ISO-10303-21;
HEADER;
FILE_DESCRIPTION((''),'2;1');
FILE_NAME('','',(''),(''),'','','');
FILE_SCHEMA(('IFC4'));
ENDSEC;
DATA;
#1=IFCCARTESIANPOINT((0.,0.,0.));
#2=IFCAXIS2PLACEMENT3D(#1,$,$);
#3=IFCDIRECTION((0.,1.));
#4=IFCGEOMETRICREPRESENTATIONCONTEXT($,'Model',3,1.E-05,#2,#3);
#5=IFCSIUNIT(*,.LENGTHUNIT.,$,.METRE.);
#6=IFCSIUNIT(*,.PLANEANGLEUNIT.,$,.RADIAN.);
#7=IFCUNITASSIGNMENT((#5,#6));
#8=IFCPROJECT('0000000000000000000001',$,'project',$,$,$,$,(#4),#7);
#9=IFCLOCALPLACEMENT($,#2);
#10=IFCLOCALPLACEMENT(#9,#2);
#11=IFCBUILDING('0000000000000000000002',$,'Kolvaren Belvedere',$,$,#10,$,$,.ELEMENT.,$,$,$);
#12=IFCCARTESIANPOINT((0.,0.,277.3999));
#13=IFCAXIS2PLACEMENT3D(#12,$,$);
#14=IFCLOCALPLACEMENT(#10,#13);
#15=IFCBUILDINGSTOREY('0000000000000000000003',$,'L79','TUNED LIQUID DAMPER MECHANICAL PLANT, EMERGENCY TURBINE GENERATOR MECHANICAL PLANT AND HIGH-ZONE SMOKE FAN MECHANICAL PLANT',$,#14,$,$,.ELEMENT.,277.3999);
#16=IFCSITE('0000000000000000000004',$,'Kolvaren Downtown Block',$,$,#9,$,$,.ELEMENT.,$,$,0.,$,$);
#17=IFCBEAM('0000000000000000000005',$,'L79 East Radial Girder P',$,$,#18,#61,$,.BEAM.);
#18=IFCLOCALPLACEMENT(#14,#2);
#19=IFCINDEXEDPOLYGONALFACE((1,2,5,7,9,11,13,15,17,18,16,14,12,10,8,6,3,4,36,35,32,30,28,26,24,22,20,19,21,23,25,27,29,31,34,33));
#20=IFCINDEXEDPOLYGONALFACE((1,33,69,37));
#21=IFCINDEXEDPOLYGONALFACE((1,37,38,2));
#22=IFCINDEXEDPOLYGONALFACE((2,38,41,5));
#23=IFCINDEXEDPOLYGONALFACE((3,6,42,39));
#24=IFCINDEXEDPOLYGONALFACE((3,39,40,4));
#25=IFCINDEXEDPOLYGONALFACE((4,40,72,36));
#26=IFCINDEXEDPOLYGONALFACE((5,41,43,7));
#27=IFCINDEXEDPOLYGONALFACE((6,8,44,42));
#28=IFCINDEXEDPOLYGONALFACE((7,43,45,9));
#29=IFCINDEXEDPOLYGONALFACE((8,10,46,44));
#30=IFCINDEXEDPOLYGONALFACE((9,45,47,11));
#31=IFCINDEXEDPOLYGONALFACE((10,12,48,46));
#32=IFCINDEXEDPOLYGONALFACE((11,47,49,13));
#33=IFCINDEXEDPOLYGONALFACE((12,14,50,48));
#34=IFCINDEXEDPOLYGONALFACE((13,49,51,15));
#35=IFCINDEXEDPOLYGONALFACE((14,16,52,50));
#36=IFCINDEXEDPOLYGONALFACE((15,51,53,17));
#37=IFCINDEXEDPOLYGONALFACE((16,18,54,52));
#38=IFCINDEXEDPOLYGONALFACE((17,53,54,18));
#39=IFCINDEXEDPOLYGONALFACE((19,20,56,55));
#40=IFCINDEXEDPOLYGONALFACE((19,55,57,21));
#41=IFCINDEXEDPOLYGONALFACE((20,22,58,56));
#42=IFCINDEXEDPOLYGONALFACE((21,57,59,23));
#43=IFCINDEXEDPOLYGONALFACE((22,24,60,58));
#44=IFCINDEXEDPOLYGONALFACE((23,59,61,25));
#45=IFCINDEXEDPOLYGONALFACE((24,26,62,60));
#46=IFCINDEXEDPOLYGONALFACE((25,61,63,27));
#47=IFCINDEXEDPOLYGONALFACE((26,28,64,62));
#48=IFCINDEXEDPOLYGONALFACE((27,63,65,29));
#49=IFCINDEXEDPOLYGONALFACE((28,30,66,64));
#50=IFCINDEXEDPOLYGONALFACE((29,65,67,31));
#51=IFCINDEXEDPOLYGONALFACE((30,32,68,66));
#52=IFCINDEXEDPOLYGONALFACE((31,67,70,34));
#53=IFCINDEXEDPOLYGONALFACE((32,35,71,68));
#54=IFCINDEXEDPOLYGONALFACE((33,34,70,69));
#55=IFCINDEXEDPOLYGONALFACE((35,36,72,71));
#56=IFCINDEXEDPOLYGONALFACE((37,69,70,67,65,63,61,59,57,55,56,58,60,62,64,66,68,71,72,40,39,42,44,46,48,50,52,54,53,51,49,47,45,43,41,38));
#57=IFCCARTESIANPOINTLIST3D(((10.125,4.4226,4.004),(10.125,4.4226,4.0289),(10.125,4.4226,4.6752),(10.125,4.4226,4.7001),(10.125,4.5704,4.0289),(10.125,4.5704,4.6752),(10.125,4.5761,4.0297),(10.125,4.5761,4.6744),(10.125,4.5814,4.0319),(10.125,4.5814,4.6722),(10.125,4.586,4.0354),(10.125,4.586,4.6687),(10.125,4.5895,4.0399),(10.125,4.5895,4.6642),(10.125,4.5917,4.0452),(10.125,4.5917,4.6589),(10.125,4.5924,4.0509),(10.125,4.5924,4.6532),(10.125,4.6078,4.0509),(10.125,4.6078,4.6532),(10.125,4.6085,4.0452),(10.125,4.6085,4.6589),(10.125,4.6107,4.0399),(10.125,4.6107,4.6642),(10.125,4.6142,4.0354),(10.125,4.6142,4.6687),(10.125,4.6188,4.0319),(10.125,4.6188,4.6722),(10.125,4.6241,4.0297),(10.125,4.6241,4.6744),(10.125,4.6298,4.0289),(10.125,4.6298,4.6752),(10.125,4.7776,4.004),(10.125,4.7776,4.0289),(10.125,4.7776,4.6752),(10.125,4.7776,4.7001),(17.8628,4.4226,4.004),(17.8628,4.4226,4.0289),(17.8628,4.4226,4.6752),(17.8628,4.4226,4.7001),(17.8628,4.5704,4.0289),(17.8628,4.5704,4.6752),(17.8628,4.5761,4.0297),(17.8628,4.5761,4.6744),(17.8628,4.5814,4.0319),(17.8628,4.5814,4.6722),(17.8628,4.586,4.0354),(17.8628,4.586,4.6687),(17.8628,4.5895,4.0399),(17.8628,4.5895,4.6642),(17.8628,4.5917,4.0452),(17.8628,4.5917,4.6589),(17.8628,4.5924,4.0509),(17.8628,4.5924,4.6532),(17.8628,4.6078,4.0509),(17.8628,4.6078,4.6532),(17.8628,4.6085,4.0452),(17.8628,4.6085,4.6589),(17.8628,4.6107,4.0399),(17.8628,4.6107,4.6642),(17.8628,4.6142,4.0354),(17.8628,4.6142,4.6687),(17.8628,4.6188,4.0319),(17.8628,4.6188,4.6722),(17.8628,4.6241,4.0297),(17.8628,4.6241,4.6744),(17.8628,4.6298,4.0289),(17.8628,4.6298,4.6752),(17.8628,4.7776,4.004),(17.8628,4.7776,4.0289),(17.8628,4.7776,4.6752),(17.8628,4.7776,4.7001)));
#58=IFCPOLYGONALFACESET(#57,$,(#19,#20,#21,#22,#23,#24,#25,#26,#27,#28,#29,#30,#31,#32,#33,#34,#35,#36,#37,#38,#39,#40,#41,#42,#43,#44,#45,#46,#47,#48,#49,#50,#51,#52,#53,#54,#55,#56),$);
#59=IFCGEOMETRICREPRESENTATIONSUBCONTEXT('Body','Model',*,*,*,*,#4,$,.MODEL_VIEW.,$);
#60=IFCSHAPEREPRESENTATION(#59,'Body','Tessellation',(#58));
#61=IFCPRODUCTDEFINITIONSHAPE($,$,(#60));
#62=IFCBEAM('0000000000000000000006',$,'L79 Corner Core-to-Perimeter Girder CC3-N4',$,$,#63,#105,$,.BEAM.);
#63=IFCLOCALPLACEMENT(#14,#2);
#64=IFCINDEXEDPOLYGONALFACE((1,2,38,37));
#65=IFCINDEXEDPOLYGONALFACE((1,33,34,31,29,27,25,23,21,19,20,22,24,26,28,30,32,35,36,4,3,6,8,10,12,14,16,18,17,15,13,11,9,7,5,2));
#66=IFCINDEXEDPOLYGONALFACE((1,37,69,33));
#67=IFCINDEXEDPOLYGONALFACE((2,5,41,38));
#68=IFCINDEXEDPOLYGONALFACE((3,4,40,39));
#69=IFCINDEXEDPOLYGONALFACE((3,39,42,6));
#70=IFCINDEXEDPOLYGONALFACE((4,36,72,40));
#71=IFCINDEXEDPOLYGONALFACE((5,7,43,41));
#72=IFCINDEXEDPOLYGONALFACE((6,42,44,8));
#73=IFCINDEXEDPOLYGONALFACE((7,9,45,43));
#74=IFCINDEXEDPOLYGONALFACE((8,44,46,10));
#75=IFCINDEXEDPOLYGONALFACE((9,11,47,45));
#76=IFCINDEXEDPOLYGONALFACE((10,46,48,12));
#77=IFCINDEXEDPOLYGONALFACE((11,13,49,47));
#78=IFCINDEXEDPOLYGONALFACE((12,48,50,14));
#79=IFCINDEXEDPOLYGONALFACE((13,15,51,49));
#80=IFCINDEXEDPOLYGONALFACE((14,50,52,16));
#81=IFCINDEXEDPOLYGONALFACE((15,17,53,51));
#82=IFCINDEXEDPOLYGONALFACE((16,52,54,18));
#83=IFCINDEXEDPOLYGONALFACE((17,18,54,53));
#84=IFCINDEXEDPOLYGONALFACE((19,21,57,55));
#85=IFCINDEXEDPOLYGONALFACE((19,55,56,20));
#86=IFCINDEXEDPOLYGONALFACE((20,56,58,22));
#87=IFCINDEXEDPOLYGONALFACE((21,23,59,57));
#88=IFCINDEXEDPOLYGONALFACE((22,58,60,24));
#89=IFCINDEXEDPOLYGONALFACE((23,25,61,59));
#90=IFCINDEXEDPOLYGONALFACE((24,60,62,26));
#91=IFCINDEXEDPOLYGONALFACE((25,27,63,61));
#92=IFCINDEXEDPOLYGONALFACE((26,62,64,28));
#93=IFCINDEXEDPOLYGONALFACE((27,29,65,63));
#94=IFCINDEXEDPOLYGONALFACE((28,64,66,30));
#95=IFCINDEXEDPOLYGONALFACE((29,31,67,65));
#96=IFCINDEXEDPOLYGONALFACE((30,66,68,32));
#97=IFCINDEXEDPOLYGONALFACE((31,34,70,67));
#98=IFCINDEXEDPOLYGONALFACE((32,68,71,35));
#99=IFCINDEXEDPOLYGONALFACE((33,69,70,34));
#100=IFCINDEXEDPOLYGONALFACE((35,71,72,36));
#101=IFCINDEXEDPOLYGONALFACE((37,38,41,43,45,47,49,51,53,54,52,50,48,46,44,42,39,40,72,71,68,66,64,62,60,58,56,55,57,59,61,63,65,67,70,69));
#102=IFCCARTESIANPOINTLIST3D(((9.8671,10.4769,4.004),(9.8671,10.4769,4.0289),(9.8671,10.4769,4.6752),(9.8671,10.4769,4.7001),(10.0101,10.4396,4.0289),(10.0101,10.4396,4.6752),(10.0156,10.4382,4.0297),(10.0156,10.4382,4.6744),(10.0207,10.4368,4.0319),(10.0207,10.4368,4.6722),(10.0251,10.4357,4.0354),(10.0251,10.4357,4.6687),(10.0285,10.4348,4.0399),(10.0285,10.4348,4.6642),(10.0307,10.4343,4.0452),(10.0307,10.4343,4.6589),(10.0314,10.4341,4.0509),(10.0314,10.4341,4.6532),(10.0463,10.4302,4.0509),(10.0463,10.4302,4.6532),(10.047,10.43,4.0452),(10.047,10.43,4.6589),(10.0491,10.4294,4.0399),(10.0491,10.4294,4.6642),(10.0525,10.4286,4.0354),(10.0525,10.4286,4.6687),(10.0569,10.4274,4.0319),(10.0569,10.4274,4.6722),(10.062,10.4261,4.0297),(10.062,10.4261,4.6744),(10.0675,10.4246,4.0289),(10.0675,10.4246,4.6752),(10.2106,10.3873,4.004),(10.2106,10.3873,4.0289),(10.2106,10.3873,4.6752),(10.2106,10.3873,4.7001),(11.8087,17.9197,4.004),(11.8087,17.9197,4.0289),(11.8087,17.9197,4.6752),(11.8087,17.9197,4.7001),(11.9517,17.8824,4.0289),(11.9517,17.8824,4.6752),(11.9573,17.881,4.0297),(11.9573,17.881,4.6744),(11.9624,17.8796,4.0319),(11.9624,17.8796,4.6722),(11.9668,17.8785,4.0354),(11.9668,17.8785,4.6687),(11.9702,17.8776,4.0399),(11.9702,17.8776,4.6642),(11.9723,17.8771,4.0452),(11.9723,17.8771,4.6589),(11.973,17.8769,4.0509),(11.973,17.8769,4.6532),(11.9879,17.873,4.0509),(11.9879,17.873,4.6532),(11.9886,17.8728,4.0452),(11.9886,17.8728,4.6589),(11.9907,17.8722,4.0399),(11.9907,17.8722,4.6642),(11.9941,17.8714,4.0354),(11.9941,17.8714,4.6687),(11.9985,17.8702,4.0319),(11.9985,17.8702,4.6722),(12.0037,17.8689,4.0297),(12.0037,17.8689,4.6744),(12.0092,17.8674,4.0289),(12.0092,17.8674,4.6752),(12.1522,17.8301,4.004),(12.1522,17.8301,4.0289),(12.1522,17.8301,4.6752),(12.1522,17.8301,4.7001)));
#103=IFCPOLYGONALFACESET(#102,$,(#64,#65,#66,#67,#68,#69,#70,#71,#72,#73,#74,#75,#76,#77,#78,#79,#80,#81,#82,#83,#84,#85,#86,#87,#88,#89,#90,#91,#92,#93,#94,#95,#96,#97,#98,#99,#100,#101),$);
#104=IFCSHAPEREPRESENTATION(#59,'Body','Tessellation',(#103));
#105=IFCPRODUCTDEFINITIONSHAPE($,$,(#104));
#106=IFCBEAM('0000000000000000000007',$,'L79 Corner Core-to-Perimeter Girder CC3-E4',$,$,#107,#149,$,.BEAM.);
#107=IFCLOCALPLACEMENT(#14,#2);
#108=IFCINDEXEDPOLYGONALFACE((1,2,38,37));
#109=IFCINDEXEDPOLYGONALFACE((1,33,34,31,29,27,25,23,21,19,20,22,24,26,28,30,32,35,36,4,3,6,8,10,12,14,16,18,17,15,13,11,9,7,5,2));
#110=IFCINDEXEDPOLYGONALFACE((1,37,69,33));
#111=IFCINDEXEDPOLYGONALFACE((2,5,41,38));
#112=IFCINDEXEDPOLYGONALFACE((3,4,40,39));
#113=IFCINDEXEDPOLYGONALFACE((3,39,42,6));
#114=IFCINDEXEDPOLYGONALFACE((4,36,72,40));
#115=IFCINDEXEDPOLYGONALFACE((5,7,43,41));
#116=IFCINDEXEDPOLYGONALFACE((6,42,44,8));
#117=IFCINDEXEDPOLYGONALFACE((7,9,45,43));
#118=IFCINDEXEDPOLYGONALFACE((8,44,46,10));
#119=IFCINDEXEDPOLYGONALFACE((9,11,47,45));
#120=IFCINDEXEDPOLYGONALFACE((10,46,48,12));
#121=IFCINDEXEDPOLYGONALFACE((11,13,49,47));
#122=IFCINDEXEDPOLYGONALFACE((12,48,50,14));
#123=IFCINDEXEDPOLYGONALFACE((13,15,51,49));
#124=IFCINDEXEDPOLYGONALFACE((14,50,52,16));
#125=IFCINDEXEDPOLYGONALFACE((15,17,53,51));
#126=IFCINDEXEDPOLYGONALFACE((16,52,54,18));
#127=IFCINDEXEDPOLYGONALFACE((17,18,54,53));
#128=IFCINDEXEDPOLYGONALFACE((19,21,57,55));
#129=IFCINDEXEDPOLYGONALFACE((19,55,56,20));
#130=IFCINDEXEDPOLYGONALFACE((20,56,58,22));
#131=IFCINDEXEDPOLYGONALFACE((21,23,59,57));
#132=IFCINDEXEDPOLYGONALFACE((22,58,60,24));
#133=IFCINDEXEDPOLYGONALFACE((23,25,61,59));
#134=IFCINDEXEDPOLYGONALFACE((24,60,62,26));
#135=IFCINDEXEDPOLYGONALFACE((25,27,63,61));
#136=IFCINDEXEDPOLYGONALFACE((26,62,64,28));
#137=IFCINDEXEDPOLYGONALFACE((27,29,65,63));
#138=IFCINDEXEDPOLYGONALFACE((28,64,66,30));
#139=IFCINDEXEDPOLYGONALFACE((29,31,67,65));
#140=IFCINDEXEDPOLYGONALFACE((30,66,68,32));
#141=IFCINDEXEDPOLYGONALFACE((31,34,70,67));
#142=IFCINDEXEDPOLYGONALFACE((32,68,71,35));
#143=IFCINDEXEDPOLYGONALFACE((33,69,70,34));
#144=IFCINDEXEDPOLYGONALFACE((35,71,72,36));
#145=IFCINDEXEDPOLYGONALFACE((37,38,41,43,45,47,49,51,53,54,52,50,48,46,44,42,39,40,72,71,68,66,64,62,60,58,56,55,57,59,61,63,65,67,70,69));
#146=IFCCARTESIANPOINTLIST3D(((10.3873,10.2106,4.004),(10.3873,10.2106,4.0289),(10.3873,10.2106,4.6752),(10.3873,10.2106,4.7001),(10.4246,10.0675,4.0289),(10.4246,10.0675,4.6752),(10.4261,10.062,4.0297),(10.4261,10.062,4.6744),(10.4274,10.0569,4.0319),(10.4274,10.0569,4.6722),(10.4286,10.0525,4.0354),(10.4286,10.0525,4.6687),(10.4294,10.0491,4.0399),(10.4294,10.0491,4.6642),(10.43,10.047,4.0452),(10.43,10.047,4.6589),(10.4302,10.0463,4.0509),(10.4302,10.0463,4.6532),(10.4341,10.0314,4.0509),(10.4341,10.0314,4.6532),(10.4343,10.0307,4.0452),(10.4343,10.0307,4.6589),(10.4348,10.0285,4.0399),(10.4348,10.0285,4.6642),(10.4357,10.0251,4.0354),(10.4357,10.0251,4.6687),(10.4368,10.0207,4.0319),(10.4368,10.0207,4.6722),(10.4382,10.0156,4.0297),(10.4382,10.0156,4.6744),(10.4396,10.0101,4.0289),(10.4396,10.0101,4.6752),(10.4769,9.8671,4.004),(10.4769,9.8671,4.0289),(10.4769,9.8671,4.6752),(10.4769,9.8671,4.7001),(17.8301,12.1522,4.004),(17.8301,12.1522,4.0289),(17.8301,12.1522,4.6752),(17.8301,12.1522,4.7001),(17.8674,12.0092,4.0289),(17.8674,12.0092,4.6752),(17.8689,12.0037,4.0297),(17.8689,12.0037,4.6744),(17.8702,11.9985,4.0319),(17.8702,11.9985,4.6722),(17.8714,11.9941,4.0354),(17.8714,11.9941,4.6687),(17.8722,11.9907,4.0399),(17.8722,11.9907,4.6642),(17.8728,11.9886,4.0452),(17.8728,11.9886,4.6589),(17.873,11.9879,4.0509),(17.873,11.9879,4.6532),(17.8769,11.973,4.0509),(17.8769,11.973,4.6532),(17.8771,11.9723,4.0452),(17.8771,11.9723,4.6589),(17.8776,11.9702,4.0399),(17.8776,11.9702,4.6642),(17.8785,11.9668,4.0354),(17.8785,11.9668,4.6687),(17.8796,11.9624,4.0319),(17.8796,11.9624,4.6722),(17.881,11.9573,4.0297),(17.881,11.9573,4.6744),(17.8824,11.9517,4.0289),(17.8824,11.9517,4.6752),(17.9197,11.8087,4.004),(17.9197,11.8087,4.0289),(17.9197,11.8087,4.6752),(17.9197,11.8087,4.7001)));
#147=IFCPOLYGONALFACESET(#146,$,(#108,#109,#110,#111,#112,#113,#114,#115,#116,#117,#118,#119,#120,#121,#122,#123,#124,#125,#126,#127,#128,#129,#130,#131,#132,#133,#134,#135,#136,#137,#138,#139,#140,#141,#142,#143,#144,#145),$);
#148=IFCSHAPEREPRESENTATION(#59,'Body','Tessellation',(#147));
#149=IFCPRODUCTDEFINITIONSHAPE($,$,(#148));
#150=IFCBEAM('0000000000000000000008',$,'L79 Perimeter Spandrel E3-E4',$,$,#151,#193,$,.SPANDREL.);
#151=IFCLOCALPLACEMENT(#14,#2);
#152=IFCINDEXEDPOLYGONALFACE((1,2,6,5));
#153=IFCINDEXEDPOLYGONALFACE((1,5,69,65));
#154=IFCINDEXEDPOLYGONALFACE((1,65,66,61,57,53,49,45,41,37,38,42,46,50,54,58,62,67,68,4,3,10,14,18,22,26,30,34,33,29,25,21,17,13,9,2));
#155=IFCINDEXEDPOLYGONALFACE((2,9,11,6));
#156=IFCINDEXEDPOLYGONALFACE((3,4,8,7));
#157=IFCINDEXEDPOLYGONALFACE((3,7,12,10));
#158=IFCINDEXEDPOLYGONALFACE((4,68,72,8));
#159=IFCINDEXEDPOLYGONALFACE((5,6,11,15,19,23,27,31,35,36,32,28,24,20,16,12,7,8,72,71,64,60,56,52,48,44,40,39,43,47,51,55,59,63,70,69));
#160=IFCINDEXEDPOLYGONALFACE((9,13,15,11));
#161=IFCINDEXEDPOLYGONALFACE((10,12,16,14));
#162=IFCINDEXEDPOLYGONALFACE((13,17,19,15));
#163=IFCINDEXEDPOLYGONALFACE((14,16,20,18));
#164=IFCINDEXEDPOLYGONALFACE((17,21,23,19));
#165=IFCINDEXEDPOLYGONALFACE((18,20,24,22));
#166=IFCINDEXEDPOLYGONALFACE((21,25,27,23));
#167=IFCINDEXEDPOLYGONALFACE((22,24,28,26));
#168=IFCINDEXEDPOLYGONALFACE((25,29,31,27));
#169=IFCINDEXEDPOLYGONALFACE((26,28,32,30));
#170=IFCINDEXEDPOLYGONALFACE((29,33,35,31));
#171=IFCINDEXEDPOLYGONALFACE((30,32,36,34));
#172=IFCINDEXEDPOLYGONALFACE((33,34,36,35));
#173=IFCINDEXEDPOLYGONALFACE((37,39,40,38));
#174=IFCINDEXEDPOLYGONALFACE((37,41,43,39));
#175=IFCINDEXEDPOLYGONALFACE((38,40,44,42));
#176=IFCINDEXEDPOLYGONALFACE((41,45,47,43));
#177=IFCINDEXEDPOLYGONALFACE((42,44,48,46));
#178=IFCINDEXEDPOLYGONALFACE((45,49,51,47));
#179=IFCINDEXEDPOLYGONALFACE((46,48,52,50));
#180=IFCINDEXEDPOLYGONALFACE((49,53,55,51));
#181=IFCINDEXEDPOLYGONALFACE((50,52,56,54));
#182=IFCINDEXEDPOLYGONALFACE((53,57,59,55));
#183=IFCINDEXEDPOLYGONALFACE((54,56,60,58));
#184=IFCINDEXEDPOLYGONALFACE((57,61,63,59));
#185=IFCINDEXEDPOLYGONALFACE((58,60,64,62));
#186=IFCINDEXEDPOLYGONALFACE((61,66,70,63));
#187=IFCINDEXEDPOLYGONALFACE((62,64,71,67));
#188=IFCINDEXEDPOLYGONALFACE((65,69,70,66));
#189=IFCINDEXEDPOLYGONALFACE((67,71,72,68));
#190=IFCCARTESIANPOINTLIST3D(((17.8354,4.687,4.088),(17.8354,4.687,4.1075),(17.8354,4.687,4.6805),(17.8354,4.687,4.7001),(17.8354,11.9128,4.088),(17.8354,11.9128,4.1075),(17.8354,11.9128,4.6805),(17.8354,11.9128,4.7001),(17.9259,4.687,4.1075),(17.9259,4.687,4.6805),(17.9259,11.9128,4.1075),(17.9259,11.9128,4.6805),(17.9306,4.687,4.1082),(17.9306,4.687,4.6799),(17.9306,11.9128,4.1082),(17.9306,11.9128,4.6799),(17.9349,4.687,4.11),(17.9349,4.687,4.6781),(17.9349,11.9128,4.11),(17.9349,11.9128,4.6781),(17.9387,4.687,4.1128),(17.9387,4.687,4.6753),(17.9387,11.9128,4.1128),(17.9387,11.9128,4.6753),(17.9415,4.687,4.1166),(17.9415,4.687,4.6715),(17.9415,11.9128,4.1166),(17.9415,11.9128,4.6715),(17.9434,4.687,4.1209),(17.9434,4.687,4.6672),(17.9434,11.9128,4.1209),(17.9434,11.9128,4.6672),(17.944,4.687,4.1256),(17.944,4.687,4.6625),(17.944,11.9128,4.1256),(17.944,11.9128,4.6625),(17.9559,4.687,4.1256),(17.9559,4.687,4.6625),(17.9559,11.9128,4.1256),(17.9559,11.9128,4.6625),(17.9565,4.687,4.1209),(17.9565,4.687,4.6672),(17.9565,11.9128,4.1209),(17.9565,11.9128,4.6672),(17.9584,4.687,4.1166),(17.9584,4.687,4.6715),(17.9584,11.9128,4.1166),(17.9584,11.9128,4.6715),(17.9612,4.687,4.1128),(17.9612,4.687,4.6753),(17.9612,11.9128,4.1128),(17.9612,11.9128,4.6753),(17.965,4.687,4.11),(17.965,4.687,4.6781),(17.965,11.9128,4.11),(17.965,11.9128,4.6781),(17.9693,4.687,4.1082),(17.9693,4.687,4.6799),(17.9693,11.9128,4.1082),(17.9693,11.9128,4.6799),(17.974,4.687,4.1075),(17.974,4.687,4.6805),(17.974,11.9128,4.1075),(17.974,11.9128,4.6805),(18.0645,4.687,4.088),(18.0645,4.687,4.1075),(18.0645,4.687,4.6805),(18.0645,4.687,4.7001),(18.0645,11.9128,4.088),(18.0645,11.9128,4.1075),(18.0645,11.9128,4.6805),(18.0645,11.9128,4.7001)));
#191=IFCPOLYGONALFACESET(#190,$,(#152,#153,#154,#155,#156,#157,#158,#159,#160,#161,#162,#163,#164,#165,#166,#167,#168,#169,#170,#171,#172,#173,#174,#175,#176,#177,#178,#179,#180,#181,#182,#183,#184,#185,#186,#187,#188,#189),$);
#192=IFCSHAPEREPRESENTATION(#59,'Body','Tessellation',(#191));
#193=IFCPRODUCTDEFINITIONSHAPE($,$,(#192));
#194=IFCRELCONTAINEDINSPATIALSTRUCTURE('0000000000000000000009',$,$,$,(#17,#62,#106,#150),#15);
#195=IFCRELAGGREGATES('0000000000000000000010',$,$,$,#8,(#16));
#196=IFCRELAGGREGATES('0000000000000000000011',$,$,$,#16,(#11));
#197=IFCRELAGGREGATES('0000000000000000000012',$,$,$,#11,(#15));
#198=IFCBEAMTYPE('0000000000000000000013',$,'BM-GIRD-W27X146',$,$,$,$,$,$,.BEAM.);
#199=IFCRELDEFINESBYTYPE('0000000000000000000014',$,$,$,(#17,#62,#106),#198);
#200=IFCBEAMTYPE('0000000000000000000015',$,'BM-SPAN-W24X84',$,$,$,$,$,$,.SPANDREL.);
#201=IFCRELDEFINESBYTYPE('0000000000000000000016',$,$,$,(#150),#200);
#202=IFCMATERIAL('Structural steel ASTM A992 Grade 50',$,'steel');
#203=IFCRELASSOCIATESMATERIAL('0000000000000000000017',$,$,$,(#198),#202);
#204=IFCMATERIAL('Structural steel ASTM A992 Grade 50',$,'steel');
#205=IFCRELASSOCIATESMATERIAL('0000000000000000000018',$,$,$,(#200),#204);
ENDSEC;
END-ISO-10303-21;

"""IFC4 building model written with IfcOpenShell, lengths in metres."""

from ifc_helpers import new_model, si_unit, direction, frame, origin, origin_2d, place, context, subcontext, project, spatial, i_section, extrude, material, material_profile, profile_set, type_object, element, save


model = new_model("IFC4")

# Units and contexts
model_context = context("Model", 3, precision=1e-05, world=origin(), true_north=direction((0.0, 1.0)))
body_context = subcontext(model_context, "Body", "Model", "MODEL_VIEW")
ifc_project = project(units=[si_unit("LENGTHUNIT", "METRE"), si_unit("PLANEANGLEUNIT", "RADIAN")], contexts=[model_context])

# Site, building, storey
site_placement = place(None, origin())
site = spatial("IfcSite", under=ifc_project, at=site_placement, Name="Kolvaren Downtown Block", CompositionType="ELEMENT", RefElevation=0.0)
building_placement = place(site_placement, origin())
building = spatial("IfcBuilding", under=site, at=building_placement, Name="Kolvaren Belvedere", CompositionType="ELEMENT")
storey_placement = place(building_placement, frame((0.0, 0.0, 277.3999)))
storey = spatial("IfcBuildingStorey", under=building, at=storey_placement, Name="L79", Description="TUNED LIQUID DAMPER MECHANICAL PLANT, EMERGENCY TURBINE GENERATOR MECHANICAL PLANT AND HIGH-ZONE SMOKE FAN MECHANICAL PLANT", CompositionType="ELEMENT", Elevation=277.3999)

# Beams
ifc_material_1 = material(Name="Structural steel ASTM A992 Grade 50", Category="steel")
ifc_material_profile_1 = material_profile(ifc_material_1, i_section(OverallWidth=0.355, OverallDepth=0.696, WebThickness=0.0154, FlangeThickness=0.0249, FilletRadius=0.022, at=origin_2d()), Name="W27X146")
ifc_profile_set_1 = profile_set([ifc_material_profile_1], Name="Structural steel ASTM A992 Grade 50")
beam_type_1 = type_object("IfcBeamType", Name="BM-GIRD-W27X146", PredefinedType="BEAM", material=ifc_profile_set_1)
beam_1_placement = place(storey_placement, frame((10.125, 4.6001, 4.3521), z_axis=(1.0, 0.0, 0.0), x_axis=(0.0, 1.0, 0.0)))
element("IfcBeam", 1, at=beam_1_placement, inside=storey, type_object=beam_type_1, Name="L79 East Radial Girder P", PredefinedType="BEAM", context=body_context, shape_type="SweptSolid", body=[
    extrude(i_section(OverallWidth=0.355, OverallDepth=0.696, WebThickness=0.0154, FlangeThickness=0.0249, FilletRadius=0.022, at=origin_2d()), origin(), (0.0, 0.0, 1.0), 7.7378),
])
for number, where, z_axis, x_axis, name in (
    (2, (10.0388, 10.4321, 4.3521), (0.252426, 0.967616, 0.0), (-0.967616, 0.252426, 0.0), "L79 Corner Core-to-Perimeter Girder CC3-N4"),
    (3, (10.4321, 10.0388, 4.3521), (0.967616, 0.252426, 0.0), (-0.252426, 0.967616, 0.0), "L79 Corner Core-to-Perimeter Girder CC3-E4"),
):
    element("IfcBeam", number, at=place(storey_placement, frame(where, z_axis=z_axis, x_axis=x_axis)), inside=storey, type_object=beam_type_1, Name=name, PredefinedType="BEAM", context=body_context, shape_type="SweptSolid", body=[
        extrude(i_section(OverallWidth=0.355, OverallDepth=0.696, WebThickness=0.0154, FlangeThickness=0.0249, FilletRadius=0.022, at=origin_2d()), origin(), (0.0, 0.0, 1.0), 7.6919),
    ])
ifc_material_2 = material(Name="Structural steel ASTM A992 Grade 50", Category="steel")
ifc_material_profile_2 = material_profile(ifc_material_2, i_section(OverallWidth=0.229, OverallDepth=0.6121, WebThickness=0.012, FlangeThickness=0.0195, FilletRadius=0.0181, at=origin_2d()), Name="W24X84")
ifc_profile_set_2 = profile_set([ifc_material_profile_2], Name="Structural steel ASTM A992 Grade 50")
beam_type_2 = type_object("IfcBeamType", Name="BM-SPAN-W24X84", PredefinedType="SPANDREL", material=ifc_profile_set_2)
beam_2_placement = place(storey_placement, frame((17.95, 4.687, 4.394), z_axis=(0.0, 1.0, 0.0), x_axis=(-1.0, 0.0, 0.0)))
element("IfcBeam", 4, at=beam_2_placement, inside=storey, type_object=beam_type_2, Name="L79 Perimeter Spandrel E3-E4", PredefinedType="SPANDREL", context=body_context, shape_type="SweptSolid", body=[
    extrude(i_section(OverallWidth=0.229, OverallDepth=0.6121, WebThickness=0.012, FlangeThickness=0.0195, FilletRadius=0.0181, at=origin_2d()), origin(), (0.0, 0.0, 1.0), 7.2258),
])

save(model, "model.ifc")
